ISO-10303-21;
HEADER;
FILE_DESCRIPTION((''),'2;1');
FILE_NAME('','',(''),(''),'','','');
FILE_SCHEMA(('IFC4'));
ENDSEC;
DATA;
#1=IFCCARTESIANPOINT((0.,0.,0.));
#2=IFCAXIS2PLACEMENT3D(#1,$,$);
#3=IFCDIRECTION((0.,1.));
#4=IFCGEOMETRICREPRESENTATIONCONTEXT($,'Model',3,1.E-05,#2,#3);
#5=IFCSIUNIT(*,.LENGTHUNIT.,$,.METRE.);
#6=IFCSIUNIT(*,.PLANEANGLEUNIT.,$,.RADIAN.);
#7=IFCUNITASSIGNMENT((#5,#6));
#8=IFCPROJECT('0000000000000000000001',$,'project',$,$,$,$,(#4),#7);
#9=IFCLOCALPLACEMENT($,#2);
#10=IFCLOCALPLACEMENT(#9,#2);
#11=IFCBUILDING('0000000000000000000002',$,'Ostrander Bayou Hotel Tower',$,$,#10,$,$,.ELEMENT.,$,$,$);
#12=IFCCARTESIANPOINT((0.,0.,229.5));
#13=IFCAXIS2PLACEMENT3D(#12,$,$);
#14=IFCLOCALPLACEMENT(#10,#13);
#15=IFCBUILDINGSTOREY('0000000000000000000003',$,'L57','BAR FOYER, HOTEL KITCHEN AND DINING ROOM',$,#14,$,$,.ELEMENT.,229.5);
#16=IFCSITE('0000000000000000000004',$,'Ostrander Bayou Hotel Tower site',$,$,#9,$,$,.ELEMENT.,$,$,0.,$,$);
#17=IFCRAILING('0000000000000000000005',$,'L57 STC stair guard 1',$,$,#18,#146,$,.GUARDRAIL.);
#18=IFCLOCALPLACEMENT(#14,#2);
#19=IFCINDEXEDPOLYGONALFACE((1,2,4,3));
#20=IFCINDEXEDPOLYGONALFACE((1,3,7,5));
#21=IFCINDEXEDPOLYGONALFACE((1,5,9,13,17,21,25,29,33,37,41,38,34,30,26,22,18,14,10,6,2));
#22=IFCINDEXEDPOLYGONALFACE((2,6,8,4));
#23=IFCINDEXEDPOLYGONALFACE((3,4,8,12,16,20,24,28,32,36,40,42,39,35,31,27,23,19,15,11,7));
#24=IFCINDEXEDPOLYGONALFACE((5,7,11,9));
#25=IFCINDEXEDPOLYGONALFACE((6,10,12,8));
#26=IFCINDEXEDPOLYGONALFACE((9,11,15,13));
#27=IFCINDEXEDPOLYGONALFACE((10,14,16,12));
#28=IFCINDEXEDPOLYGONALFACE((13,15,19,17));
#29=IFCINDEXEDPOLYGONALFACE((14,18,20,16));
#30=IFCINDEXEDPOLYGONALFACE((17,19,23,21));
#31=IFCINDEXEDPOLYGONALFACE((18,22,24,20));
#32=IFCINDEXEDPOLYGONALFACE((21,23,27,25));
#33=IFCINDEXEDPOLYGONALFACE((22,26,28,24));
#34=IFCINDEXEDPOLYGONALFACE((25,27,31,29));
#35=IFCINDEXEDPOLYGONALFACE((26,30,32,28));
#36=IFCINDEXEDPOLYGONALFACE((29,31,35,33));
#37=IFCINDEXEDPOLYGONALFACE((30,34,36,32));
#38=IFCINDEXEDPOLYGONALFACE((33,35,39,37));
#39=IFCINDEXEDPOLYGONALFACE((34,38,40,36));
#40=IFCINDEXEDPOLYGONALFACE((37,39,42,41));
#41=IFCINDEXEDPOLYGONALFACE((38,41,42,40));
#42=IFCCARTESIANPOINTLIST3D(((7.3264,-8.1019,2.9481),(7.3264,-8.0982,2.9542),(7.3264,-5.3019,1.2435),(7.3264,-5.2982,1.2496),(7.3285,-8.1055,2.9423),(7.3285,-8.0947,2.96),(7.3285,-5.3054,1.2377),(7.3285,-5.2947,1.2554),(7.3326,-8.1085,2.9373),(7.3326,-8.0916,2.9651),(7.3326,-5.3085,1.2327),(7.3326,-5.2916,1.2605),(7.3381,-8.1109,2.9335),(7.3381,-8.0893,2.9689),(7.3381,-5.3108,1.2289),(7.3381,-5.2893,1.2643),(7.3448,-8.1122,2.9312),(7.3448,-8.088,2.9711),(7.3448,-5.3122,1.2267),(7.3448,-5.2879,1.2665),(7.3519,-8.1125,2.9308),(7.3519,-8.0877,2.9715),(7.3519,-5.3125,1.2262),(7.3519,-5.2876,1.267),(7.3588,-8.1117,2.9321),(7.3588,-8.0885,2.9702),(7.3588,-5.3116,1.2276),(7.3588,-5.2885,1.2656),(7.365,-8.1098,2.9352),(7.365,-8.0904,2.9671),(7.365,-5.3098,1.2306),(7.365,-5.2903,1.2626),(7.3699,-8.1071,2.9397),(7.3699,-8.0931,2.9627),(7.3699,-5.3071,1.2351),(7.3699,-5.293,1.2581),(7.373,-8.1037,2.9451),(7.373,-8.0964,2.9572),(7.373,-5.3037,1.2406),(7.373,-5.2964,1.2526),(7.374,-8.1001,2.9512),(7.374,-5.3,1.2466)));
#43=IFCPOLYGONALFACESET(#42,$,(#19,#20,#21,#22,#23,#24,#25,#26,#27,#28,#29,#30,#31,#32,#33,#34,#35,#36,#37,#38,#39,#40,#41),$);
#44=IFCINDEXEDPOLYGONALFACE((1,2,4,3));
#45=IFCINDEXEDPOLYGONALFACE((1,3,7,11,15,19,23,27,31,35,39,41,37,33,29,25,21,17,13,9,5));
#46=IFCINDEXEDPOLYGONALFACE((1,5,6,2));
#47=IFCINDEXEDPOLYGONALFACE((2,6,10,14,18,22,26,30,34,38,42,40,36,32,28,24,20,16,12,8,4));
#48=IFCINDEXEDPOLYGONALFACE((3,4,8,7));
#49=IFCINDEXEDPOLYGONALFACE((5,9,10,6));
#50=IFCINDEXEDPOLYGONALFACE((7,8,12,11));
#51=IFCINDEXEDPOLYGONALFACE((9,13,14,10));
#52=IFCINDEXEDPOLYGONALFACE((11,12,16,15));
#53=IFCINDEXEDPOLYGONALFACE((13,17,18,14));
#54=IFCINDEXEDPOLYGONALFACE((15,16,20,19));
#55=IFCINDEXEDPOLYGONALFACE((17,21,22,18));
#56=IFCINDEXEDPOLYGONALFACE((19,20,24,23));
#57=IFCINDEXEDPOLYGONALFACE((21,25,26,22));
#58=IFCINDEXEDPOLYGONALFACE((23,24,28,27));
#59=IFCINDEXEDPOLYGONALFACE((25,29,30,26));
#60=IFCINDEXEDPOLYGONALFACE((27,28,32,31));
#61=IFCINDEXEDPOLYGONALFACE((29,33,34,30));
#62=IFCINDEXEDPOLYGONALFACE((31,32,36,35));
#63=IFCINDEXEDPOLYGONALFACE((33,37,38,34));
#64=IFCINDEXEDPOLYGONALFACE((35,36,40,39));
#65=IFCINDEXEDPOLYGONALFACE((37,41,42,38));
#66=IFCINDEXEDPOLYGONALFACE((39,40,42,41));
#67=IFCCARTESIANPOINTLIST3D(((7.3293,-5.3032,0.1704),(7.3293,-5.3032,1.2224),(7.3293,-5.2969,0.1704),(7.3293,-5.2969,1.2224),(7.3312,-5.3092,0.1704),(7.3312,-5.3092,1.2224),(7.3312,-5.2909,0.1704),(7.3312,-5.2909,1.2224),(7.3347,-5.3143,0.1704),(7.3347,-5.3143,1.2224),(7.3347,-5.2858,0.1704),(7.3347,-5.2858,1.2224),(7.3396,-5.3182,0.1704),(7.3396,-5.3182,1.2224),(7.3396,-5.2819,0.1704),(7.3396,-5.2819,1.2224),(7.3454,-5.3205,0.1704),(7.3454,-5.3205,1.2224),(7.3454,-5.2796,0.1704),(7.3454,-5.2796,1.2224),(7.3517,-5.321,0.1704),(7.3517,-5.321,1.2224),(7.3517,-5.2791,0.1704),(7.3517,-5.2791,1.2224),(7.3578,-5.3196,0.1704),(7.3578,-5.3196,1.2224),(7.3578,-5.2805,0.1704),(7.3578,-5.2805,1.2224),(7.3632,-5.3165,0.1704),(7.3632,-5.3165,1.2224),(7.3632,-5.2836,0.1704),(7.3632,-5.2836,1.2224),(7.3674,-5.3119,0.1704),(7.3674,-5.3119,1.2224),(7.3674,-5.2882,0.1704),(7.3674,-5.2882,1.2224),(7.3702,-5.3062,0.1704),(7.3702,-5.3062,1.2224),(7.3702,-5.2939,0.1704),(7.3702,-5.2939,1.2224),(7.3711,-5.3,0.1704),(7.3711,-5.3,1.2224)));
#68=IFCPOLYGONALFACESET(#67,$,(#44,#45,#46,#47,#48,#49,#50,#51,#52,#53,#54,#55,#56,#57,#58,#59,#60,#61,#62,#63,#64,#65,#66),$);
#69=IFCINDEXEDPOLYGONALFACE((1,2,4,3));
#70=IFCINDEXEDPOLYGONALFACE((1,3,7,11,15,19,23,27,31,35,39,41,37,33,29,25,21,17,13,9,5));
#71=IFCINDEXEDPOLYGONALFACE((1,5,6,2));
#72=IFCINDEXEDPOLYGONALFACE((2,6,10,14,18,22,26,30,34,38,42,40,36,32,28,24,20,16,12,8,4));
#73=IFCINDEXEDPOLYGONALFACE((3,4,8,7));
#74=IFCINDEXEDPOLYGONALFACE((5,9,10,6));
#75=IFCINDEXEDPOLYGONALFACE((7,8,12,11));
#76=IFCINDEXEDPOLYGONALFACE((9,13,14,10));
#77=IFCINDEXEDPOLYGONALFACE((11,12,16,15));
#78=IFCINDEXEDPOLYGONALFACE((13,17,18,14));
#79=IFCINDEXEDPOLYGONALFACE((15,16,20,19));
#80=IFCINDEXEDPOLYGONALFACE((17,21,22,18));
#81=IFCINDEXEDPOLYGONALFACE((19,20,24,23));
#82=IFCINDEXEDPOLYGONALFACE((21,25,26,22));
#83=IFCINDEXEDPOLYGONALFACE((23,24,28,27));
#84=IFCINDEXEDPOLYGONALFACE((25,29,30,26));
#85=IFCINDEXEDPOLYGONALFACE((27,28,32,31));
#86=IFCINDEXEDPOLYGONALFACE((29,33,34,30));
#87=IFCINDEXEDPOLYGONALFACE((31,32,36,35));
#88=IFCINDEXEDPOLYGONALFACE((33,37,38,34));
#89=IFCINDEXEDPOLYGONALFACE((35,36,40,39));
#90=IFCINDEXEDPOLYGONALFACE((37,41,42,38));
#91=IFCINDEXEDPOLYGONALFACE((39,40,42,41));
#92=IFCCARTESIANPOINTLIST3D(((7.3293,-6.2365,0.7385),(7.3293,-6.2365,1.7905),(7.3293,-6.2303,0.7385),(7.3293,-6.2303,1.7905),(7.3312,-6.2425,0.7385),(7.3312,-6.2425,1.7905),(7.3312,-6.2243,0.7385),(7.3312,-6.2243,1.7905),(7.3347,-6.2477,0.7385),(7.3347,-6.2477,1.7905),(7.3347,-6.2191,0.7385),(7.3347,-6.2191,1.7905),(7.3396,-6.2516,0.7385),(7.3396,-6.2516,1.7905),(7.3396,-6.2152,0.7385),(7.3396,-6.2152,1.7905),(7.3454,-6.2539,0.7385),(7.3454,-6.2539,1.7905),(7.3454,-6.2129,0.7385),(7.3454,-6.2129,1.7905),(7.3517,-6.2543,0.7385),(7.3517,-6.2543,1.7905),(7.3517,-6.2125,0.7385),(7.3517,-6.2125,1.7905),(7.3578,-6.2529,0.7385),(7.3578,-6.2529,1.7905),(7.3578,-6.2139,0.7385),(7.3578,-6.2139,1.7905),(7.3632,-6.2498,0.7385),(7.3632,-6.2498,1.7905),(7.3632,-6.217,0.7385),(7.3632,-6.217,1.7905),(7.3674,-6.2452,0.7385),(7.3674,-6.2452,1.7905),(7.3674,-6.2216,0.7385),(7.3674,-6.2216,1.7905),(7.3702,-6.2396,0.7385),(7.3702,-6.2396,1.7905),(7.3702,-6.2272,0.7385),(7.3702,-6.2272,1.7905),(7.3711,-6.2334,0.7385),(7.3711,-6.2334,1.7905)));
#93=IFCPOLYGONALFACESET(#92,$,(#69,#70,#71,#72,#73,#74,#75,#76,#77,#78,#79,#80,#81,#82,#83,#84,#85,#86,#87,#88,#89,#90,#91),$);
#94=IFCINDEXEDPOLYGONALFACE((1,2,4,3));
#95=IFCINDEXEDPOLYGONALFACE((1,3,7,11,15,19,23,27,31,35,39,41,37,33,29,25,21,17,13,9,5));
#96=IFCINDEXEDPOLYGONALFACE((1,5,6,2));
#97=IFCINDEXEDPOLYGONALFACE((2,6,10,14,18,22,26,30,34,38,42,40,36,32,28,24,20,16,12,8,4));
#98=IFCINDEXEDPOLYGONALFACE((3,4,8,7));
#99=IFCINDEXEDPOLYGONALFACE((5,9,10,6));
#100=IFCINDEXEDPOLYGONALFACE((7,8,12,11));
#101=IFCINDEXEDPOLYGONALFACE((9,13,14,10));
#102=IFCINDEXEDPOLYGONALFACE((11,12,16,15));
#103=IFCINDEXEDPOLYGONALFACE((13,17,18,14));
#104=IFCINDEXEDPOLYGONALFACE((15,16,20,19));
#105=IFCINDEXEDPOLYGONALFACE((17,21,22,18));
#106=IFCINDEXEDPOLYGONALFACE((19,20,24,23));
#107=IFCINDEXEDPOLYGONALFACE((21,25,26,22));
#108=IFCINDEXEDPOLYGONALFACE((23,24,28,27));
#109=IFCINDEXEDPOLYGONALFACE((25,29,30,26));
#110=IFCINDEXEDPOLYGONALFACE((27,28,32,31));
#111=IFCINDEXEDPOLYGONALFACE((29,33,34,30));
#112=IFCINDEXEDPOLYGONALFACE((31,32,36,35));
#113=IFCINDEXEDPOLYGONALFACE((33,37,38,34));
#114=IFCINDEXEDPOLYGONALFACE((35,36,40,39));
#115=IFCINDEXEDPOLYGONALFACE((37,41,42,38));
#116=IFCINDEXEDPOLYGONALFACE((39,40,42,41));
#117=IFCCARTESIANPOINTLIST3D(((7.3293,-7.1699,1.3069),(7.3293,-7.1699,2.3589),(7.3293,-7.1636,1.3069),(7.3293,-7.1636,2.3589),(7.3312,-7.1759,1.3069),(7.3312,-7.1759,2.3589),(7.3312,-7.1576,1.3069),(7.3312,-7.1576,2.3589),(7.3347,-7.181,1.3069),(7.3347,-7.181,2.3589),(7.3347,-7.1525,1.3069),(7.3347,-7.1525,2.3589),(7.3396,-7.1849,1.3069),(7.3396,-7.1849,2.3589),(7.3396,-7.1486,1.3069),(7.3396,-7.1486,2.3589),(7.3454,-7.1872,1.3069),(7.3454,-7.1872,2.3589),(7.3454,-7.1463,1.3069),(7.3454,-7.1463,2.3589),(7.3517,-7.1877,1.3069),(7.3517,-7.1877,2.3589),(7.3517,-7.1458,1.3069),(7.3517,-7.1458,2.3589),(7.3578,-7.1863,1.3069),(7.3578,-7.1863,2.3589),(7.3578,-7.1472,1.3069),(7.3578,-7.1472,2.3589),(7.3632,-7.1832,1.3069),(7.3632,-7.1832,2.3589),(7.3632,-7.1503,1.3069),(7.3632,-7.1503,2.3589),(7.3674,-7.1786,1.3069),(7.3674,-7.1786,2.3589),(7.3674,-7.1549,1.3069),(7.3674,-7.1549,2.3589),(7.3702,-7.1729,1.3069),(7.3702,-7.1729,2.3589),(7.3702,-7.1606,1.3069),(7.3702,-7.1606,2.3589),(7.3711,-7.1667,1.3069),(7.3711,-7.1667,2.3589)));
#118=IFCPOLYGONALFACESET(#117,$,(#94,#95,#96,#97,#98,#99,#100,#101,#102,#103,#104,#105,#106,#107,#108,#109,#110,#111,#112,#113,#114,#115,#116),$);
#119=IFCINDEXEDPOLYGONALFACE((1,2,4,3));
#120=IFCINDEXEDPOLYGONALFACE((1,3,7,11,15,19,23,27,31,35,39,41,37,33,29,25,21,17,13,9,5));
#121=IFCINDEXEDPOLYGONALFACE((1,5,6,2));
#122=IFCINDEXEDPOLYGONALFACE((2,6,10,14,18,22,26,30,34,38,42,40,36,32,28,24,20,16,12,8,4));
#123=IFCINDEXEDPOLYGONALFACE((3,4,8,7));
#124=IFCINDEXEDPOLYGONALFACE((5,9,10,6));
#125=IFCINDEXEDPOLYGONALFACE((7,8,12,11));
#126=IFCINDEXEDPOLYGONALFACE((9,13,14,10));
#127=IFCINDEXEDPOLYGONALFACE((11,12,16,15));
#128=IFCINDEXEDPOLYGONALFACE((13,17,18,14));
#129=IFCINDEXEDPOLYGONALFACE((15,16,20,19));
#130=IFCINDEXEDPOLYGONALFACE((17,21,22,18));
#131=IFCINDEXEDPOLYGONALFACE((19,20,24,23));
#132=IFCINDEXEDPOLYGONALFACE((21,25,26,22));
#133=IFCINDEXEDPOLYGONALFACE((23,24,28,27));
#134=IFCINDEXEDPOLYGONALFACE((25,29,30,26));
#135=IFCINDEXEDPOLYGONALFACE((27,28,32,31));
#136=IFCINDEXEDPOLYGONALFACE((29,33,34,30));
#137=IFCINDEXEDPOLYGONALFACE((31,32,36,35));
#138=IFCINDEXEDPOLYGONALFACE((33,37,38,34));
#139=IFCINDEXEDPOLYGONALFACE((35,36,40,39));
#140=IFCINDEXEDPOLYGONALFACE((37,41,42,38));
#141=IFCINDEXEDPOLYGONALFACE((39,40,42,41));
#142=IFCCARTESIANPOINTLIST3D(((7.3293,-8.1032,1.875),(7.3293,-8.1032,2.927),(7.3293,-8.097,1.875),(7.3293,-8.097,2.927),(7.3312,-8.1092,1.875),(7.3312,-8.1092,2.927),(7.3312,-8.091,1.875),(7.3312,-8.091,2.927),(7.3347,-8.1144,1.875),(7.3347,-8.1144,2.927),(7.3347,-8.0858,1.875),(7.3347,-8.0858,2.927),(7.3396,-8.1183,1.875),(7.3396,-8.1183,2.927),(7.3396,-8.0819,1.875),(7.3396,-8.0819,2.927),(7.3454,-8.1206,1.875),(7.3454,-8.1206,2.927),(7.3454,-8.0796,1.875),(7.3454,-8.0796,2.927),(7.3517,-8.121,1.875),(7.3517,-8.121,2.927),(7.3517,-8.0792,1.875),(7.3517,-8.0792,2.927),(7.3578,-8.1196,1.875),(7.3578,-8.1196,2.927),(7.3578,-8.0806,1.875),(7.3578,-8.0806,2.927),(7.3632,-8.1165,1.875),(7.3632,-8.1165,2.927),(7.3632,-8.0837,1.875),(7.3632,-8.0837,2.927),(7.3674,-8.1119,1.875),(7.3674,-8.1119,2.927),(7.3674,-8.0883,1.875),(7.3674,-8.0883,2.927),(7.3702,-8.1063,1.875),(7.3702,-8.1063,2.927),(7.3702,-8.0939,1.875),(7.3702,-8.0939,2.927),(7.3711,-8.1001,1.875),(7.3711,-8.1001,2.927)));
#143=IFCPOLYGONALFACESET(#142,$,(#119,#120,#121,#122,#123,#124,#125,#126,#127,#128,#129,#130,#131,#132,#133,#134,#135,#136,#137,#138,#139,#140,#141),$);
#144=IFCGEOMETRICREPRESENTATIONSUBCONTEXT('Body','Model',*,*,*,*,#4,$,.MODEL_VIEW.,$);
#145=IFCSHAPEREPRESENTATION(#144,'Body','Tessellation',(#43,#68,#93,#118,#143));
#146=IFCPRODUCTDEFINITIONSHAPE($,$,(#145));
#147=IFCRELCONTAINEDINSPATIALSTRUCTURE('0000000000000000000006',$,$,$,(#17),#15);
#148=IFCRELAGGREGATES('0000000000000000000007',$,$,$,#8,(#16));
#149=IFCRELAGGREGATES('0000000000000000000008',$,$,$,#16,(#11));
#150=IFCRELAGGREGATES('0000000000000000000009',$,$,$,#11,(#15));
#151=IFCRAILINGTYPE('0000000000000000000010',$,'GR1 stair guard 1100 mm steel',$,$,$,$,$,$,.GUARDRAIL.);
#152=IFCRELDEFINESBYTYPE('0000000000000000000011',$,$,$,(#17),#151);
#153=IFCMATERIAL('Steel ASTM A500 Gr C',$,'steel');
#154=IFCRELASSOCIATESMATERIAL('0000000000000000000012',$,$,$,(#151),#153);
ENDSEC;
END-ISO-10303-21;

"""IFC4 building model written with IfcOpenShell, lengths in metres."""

from ifc_helpers import new_model, si_unit, direction, frame, origin, origin_2d, place, context, subcontext, project, spatial, circle, extrude, material, type_object, element, save


model = new_model("IFC4")

# Units and contexts
model_context = context("Model", 3, precision=1e-05, world=origin(), true_north=direction((0.0, 1.0)))
body_context = subcontext(model_context, "Body", "Model", "MODEL_VIEW")
ifc_project = project(units=[si_unit("LENGTHUNIT", "METRE"), si_unit("PLANEANGLEUNIT", "RADIAN")], contexts=[model_context])

# Site, building, storey
site_placement = place(None, origin())
site = spatial("IfcSite", under=ifc_project, at=site_placement, Name="Ostrander Bayou Hotel Tower site", CompositionType="ELEMENT", RefElevation=0.0)
building_placement = place(site_placement, origin())
building = spatial("IfcBuilding", under=site, at=building_placement, Name="Ostrander Bayou Hotel Tower", CompositionType="ELEMENT")
storey_placement = place(building_placement, frame((0.0, 0.0, 229.5)))
storey = spatial("IfcBuildingStorey", under=building, at=storey_placement, Name="L57", Description="BAR FOYER, HOTEL KITCHEN AND DINING ROOM", CompositionType="ELEMENT", Elevation=229.5)

# Railing
ifc_material_1 = material(Name="Steel ASTM A500 Gr C", Category="steel")
railing_type_1 = type_object("IfcRailingType", Name="GR1 stair guard 1100 mm steel", PredefinedType="GUARDRAIL", material=ifc_material_1)
railing_1_placement = place(storey_placement, frame((7.3501, -5.3, 0.1704)))
element("IfcRailing", 1, at=railing_1_placement, inside=storey, type_object=railing_type_1, Name="L57 STC stair guard 1", PredefinedType="GUARDRAIL", context=body_context, shape_type="SweptSolid", body=[
    extrude(circle(Radius=0.0239, at=origin_2d()), frame((0.0, 0.0, 1.0762), z_axis=(0.0, -0.85417, 0.519994), x_axis=(1.0, 0.0, 0.0)), (0.0, 0.0, 1.0), 3.2781),
    extrude(circle(Radius=0.021, at=origin_2d()), origin(), (0.0, 0.0, 1.0), 1.052),
    extrude(circle(Radius=0.021, at=origin_2d()), frame((0.0, -0.9333, 0.5681)), (0.0, 0.0, 1.0), 1.052),
    extrude(circle(Radius=0.021, at=origin_2d()), frame((0.0, -1.8667, 1.1365)), (0.0, 0.0, 1.0), 1.052),
    extrude(circle(Radius=0.021, at=origin_2d()), frame((0.0, -2.8, 1.7046)), (0.0, 0.0, 1.0), 1.052),
])

save(model, "model.ifc")
